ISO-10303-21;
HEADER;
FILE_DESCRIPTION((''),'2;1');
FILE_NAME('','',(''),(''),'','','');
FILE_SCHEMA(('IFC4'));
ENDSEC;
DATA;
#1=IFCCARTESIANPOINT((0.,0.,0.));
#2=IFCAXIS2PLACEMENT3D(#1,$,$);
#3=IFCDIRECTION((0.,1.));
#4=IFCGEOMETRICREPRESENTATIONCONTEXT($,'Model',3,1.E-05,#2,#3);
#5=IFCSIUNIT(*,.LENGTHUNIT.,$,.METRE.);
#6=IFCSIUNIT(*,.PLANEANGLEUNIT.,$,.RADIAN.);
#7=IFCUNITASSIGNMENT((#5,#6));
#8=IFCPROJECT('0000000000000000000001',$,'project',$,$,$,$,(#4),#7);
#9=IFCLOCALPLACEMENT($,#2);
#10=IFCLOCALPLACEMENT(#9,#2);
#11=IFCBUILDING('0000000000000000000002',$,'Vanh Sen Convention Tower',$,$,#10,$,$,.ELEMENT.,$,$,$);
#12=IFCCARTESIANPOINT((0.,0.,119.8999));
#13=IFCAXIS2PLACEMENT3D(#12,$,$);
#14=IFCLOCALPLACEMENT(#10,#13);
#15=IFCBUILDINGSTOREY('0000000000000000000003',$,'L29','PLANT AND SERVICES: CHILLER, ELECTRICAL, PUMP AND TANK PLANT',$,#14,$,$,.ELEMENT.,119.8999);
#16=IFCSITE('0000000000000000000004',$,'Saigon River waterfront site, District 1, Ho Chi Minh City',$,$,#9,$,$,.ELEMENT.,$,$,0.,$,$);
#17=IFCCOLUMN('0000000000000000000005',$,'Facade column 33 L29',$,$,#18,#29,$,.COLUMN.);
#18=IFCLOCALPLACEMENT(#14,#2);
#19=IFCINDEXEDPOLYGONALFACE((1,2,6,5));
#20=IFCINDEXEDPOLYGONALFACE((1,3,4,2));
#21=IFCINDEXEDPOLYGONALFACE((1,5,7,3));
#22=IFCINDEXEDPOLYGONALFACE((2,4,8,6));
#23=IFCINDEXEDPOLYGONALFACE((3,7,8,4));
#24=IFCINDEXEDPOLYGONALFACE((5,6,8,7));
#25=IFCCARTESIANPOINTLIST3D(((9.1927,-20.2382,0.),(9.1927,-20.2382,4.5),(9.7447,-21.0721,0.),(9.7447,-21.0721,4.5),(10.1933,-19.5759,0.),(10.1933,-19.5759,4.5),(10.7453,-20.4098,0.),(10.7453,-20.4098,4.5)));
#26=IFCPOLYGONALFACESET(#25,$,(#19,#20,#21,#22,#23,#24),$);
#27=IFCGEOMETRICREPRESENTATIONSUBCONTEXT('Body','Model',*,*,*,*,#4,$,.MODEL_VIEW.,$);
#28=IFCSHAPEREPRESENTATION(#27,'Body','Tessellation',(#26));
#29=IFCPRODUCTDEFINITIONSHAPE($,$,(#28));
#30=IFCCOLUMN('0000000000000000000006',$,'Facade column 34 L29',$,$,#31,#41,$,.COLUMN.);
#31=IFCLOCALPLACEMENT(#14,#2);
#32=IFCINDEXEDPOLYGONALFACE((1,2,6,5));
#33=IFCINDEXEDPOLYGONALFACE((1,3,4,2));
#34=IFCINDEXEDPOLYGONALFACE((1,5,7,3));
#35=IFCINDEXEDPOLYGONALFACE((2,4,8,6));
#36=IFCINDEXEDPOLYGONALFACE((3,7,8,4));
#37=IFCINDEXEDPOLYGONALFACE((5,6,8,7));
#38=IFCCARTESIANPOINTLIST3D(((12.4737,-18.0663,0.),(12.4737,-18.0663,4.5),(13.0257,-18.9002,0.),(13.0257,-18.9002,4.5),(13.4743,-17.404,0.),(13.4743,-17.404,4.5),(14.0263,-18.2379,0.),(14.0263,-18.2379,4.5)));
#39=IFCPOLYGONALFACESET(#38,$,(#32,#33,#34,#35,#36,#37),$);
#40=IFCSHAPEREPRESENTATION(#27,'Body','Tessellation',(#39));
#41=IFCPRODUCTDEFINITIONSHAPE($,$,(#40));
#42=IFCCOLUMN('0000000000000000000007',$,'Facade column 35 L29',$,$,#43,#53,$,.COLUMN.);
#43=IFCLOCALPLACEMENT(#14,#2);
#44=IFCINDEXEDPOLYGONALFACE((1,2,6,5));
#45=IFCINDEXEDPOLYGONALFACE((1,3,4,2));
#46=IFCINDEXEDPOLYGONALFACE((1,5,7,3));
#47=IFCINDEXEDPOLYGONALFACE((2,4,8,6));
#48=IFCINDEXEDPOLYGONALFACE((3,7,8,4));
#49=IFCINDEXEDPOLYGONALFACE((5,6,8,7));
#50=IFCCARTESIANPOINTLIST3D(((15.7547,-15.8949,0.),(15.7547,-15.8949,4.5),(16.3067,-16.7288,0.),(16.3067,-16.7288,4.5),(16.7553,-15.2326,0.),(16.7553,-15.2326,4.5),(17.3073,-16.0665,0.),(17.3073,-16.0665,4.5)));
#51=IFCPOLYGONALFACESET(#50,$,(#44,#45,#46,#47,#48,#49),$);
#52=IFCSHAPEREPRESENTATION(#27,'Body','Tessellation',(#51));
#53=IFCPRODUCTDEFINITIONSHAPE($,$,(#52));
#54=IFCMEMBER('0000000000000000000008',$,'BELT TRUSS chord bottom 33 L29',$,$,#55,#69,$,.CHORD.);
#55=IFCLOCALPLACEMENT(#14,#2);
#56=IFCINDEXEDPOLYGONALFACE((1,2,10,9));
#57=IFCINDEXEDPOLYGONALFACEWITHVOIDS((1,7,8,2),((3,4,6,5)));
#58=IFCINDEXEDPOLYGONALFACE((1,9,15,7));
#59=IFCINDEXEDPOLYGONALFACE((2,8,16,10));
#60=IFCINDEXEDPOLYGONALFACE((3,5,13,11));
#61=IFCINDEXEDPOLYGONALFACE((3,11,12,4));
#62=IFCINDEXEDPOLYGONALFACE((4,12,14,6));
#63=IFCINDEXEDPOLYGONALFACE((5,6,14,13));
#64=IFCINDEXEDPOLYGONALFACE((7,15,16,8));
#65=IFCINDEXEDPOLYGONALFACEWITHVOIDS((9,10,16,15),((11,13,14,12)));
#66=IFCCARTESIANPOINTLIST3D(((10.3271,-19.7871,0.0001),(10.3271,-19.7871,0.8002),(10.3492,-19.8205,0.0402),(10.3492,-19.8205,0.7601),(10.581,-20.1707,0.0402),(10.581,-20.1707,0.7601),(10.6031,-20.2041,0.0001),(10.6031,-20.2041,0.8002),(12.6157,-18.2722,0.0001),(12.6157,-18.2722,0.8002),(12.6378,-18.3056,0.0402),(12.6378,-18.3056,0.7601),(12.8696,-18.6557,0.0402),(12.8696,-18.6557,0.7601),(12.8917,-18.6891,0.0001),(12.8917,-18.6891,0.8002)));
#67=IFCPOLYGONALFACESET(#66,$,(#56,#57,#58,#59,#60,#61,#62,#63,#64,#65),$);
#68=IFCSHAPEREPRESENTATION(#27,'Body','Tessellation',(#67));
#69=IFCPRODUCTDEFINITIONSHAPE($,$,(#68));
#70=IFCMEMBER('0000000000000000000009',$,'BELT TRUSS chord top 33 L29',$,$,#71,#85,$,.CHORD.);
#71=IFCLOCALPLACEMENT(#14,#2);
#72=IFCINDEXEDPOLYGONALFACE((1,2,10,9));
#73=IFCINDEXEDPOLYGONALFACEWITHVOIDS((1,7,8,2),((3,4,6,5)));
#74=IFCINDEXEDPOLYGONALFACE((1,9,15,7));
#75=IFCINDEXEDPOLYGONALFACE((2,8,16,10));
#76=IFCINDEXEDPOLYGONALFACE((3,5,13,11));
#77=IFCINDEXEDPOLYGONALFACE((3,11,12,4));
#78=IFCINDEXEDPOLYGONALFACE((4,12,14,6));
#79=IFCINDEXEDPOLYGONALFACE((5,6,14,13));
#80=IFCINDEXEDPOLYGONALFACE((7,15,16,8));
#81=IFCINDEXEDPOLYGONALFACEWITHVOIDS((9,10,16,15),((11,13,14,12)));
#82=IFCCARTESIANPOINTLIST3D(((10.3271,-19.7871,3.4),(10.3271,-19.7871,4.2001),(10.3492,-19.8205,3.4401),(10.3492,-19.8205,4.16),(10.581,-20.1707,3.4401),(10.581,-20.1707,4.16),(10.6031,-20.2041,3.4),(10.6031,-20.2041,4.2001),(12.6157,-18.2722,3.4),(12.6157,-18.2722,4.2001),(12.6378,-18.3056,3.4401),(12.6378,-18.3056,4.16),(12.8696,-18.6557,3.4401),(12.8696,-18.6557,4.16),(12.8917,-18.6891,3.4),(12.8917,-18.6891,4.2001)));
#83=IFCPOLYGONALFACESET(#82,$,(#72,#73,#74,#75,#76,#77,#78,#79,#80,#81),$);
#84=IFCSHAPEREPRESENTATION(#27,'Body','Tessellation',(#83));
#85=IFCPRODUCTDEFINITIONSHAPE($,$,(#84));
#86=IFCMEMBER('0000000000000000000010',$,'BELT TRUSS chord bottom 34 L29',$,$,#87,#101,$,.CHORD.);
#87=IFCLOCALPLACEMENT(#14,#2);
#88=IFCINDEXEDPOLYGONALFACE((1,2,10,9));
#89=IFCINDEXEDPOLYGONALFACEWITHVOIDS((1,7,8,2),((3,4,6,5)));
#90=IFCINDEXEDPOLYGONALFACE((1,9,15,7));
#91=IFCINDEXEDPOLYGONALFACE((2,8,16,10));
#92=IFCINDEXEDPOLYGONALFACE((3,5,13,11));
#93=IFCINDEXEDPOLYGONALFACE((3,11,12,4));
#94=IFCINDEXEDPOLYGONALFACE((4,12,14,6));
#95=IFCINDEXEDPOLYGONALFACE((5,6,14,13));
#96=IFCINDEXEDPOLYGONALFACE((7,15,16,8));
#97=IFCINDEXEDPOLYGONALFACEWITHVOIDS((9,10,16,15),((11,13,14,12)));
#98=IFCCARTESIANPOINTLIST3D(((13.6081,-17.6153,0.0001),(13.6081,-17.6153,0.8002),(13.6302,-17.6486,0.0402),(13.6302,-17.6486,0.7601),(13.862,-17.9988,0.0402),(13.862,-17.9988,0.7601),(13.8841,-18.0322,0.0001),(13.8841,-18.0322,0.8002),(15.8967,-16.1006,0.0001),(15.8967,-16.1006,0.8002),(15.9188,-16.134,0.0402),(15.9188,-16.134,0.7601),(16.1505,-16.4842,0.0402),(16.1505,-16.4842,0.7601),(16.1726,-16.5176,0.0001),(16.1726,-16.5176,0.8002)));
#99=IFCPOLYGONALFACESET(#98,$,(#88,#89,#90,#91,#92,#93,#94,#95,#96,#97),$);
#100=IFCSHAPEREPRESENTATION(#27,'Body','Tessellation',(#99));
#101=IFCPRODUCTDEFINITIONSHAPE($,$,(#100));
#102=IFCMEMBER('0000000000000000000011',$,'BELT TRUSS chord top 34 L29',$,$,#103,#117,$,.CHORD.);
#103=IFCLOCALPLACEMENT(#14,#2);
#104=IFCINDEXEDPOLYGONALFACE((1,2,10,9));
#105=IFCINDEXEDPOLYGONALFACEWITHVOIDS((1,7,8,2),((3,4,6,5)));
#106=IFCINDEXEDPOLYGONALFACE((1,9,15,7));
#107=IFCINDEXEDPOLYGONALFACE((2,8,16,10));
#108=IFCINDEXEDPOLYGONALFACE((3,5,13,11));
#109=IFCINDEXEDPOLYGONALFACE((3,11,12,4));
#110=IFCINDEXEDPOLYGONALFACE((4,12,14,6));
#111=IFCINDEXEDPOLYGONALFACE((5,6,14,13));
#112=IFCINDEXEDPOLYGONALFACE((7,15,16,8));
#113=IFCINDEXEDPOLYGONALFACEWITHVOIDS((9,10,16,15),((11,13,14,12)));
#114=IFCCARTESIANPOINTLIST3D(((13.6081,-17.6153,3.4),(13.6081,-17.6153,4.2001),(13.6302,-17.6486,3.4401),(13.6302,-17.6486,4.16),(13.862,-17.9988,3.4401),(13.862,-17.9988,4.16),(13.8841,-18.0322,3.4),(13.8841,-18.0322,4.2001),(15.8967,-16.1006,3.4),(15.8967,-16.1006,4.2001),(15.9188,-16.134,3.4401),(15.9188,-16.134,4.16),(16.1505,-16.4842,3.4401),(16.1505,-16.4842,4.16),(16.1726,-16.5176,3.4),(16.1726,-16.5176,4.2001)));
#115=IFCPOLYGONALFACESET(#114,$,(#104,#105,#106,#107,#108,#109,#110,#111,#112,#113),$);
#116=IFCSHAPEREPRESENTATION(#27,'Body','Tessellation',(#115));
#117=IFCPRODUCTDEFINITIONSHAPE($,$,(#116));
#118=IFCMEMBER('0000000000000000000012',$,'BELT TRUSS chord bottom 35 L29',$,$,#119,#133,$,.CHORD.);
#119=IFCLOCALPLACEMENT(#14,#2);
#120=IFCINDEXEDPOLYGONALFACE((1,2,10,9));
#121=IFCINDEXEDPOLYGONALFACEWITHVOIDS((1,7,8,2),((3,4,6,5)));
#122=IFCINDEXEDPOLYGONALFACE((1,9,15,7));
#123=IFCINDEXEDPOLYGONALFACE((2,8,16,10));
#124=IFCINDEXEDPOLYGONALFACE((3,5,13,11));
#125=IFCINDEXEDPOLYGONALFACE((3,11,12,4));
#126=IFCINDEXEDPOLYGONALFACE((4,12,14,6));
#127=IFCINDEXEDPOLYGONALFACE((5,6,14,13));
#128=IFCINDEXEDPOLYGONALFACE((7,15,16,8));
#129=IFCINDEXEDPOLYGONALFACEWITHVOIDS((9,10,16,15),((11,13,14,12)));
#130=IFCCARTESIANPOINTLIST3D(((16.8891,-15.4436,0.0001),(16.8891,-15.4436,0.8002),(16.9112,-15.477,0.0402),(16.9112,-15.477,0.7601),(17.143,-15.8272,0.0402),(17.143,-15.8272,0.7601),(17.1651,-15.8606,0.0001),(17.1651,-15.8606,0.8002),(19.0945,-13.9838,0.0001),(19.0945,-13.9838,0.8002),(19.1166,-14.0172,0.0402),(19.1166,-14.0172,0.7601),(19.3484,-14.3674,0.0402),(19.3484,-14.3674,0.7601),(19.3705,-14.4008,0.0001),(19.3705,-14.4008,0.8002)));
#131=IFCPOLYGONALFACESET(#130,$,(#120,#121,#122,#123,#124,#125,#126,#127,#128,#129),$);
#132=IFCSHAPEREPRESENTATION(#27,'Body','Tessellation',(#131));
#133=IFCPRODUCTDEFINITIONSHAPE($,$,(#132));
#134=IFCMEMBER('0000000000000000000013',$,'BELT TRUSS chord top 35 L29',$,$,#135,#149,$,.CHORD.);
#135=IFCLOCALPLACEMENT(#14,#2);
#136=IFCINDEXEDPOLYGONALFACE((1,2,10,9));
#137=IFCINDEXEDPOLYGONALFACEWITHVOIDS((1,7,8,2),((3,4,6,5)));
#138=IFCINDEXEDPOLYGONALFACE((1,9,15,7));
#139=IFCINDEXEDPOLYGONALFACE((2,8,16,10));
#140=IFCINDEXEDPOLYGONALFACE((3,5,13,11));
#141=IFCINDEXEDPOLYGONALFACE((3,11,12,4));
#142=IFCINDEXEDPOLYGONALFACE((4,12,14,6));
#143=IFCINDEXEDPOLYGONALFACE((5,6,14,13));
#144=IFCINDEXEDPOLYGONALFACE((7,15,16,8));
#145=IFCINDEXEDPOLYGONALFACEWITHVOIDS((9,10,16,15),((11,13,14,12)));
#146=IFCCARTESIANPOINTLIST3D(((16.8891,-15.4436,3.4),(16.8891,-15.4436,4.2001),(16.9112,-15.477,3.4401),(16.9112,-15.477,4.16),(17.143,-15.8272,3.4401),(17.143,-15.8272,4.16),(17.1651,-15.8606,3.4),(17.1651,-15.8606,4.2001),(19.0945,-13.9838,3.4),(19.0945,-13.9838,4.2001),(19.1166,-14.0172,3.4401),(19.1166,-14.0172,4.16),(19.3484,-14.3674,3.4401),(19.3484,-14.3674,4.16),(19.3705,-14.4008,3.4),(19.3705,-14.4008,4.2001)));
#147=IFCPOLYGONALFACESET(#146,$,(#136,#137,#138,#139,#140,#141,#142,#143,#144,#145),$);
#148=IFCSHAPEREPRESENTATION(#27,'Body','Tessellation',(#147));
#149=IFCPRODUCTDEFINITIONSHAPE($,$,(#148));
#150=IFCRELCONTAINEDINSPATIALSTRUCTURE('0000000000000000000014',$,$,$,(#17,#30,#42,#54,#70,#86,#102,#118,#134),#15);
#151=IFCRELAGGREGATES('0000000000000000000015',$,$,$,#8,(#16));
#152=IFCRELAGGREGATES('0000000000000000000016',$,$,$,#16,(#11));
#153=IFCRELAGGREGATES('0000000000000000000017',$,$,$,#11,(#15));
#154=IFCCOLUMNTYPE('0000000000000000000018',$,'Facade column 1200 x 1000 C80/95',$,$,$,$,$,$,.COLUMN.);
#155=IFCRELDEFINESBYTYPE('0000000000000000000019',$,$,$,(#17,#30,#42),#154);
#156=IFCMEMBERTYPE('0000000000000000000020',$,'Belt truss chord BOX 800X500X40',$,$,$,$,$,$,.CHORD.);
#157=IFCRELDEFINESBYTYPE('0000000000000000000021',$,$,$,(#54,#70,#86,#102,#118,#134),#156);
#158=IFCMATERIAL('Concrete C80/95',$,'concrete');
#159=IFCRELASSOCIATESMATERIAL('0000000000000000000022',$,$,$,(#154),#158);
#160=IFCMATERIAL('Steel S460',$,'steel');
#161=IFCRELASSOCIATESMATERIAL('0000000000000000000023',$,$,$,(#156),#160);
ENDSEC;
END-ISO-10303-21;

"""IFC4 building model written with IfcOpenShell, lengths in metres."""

from ifc_helpers import new_model, si_unit, direction, frame, origin, origin_2d, place, context, subcontext, project, spatial, rectangle, hollow_rectangle, extrude, material, material_profile, profile_set, type_object, element, save


model = new_model("IFC4")

# Units and contexts
model_context = context("Model", 3, precision=1e-05, world=origin(), true_north=direction((0.0, 1.0)))
body_context = subcontext(model_context, "Body", "Model", "MODEL_VIEW")
ifc_project = project(units=[si_unit("LENGTHUNIT", "METRE"), si_unit("PLANEANGLEUNIT", "RADIAN")], contexts=[model_context])

# Site, building, storey
site_placement = place(None, origin())
site = spatial("IfcSite", under=ifc_project, at=site_placement, Name="Saigon River waterfront site, District 1, Ho Chi Minh City", CompositionType="ELEMENT", RefElevation=0.0)
building_placement = place(site_placement, origin())
building = spatial("IfcBuilding", under=site, at=building_placement, Name="Vanh Sen Convention Tower", CompositionType="ELEMENT")
storey_placement = place(building_placement, frame((0.0, 0.0, 119.8999)))
storey = spatial("IfcBuildingStorey", under=building, at=storey_placement, Name="L29", Description="PLANT AND SERVICES: CHILLER, ELECTRICAL, PUMP AND TANK PLANT", CompositionType="ELEMENT", Elevation=119.8999)

# Columns
ifc_material_1 = material(Name="Concrete C80/95", Category="concrete")
ifc_material_profile_1 = material_profile(ifc_material_1, rectangle(XDim=1.2, YDim=1.0, at=origin_2d()), Name="RC 1200X1000")
ifc_profile_set_1 = profile_set([ifc_material_profile_1], Name="Concrete C80/95")
column_type = type_object("IfcColumnType", Name="Facade column 1200 x 1000 C80/95", PredefinedType="COLUMN", material=ifc_profile_set_1)
for number, where, z_axis, x_axis, name in (
    (1, (9.969, -20.324, 0.0), (0.0, 0.0, 1.0), (0.833886, 0.551937, 0.0), "Facade column 33 L29"),
    (2, (13.25, -18.1521, 0.0), (0.0, 0.0, 1.0), (0.833886, 0.551937, 0.0), "Facade column 34 L29"),
    (3, (16.531, -15.9807, 0.0), (0.0, 0.0, 1.0), (0.833886, 0.551937, 0.0), "Facade column 35 L29"),
):
    element("IfcColumn", number, at=place(storey_placement, frame(where, z_axis=z_axis, x_axis=x_axis)), inside=storey, type_object=column_type, Name=name, PredefinedType="COLUMN", context=body_context, shape_type="SweptSolid", body=[
        extrude(rectangle(XDim=1.2, YDim=1.0, at=origin_2d()), origin(), (0.0, 0.0, 1.0), 4.5),
    ])

# Members
ifc_material_2 = material(Name="Steel S460", Category="steel")
ifc_material_profile_2 = material_profile(ifc_material_2, hollow_rectangle(XDim=0.5, YDim=0.8, WallThickness=0.04, at=origin_2d()), Name="BOX 800X500X40")
ifc_profile_set_2 = profile_set([ifc_material_profile_2], Name="Steel S460")
member_type_1 = type_object("IfcMemberType", Name="Belt truss chord BOX 800X500X40", PredefinedType="CHORD", material=ifc_profile_set_2)
for number, where, z_axis, x_axis, name in (
    (4, (10.4651, -19.9956, 0.4001), (0.833866, 0.551967, 0.0), (-0.551967, 0.833866, 0.0), "BELT TRUSS chord bottom 33 L29"),
    (5, (10.4651, -19.9956, 3.8), (0.833866, 0.551967, 0.0), (-0.551967, 0.833866, 0.0), "BELT TRUSS chord top 33 L29"),
):
    element("IfcMember", number, at=place(storey_placement, frame(where, z_axis=z_axis, x_axis=x_axis)), inside=storey, type_object=member_type_1, Name=name, PredefinedType="CHORD", context=body_context, shape_type="SweptSolid", body=[
        extrude(hollow_rectangle(XDim=0.5, YDim=0.8, WallThickness=0.04, at=origin_2d()), origin(), (0.0, 0.0, 1.0), 2.7446),
    ])
for number, where, z_axis, x_axis, name in (
    (6, (13.7461, -17.8237, 0.4001), (0.833907, 0.551905, 0.0), (-0.551905, 0.833907, 0.0), "BELT TRUSS chord bottom 34 L29"),
    (7, (13.7461, -17.8237, 3.8), (0.833907, 0.551905, 0.0), (-0.551905, 0.833907, 0.0), "BELT TRUSS chord top 34 L29"),
):
    element("IfcMember", number, at=place(storey_placement, frame(where, z_axis=z_axis, x_axis=x_axis)), inside=storey, type_object=member_type_1, Name=name, PredefinedType="CHORD", context=body_context, shape_type="SweptSolid", body=[
        extrude(hollow_rectangle(XDim=0.5, YDim=0.8, WallThickness=0.04, at=origin_2d()), origin(), (0.0, 0.0, 1.0), 2.7444),
    ])
for number, where, z_axis, x_axis, name in (
    (8, (17.0271, -15.6521, 0.4001), (0.833878, 0.551949, 0.0), (-0.551949, 0.833878, 0.0), "BELT TRUSS chord bottom 35 L29"),
    (9, (17.0271, -15.6521, 3.8), (0.833878, 0.551949, 0.0), (-0.551949, 0.833878, 0.0), "BELT TRUSS chord top 35 L29"),
):
    element("IfcMember", number, at=place(storey_placement, frame(where, z_axis=z_axis, x_axis=x_axis)), inside=storey, type_object=member_type_1, Name=name, PredefinedType="CHORD", context=body_context, shape_type="SweptSolid", body=[
        extrude(hollow_rectangle(XDim=0.5, YDim=0.8, WallThickness=0.04, at=origin_2d()), origin(), (0.0, 0.0, 1.0), 2.6448),
    ])

save(model, "model.ifc")
